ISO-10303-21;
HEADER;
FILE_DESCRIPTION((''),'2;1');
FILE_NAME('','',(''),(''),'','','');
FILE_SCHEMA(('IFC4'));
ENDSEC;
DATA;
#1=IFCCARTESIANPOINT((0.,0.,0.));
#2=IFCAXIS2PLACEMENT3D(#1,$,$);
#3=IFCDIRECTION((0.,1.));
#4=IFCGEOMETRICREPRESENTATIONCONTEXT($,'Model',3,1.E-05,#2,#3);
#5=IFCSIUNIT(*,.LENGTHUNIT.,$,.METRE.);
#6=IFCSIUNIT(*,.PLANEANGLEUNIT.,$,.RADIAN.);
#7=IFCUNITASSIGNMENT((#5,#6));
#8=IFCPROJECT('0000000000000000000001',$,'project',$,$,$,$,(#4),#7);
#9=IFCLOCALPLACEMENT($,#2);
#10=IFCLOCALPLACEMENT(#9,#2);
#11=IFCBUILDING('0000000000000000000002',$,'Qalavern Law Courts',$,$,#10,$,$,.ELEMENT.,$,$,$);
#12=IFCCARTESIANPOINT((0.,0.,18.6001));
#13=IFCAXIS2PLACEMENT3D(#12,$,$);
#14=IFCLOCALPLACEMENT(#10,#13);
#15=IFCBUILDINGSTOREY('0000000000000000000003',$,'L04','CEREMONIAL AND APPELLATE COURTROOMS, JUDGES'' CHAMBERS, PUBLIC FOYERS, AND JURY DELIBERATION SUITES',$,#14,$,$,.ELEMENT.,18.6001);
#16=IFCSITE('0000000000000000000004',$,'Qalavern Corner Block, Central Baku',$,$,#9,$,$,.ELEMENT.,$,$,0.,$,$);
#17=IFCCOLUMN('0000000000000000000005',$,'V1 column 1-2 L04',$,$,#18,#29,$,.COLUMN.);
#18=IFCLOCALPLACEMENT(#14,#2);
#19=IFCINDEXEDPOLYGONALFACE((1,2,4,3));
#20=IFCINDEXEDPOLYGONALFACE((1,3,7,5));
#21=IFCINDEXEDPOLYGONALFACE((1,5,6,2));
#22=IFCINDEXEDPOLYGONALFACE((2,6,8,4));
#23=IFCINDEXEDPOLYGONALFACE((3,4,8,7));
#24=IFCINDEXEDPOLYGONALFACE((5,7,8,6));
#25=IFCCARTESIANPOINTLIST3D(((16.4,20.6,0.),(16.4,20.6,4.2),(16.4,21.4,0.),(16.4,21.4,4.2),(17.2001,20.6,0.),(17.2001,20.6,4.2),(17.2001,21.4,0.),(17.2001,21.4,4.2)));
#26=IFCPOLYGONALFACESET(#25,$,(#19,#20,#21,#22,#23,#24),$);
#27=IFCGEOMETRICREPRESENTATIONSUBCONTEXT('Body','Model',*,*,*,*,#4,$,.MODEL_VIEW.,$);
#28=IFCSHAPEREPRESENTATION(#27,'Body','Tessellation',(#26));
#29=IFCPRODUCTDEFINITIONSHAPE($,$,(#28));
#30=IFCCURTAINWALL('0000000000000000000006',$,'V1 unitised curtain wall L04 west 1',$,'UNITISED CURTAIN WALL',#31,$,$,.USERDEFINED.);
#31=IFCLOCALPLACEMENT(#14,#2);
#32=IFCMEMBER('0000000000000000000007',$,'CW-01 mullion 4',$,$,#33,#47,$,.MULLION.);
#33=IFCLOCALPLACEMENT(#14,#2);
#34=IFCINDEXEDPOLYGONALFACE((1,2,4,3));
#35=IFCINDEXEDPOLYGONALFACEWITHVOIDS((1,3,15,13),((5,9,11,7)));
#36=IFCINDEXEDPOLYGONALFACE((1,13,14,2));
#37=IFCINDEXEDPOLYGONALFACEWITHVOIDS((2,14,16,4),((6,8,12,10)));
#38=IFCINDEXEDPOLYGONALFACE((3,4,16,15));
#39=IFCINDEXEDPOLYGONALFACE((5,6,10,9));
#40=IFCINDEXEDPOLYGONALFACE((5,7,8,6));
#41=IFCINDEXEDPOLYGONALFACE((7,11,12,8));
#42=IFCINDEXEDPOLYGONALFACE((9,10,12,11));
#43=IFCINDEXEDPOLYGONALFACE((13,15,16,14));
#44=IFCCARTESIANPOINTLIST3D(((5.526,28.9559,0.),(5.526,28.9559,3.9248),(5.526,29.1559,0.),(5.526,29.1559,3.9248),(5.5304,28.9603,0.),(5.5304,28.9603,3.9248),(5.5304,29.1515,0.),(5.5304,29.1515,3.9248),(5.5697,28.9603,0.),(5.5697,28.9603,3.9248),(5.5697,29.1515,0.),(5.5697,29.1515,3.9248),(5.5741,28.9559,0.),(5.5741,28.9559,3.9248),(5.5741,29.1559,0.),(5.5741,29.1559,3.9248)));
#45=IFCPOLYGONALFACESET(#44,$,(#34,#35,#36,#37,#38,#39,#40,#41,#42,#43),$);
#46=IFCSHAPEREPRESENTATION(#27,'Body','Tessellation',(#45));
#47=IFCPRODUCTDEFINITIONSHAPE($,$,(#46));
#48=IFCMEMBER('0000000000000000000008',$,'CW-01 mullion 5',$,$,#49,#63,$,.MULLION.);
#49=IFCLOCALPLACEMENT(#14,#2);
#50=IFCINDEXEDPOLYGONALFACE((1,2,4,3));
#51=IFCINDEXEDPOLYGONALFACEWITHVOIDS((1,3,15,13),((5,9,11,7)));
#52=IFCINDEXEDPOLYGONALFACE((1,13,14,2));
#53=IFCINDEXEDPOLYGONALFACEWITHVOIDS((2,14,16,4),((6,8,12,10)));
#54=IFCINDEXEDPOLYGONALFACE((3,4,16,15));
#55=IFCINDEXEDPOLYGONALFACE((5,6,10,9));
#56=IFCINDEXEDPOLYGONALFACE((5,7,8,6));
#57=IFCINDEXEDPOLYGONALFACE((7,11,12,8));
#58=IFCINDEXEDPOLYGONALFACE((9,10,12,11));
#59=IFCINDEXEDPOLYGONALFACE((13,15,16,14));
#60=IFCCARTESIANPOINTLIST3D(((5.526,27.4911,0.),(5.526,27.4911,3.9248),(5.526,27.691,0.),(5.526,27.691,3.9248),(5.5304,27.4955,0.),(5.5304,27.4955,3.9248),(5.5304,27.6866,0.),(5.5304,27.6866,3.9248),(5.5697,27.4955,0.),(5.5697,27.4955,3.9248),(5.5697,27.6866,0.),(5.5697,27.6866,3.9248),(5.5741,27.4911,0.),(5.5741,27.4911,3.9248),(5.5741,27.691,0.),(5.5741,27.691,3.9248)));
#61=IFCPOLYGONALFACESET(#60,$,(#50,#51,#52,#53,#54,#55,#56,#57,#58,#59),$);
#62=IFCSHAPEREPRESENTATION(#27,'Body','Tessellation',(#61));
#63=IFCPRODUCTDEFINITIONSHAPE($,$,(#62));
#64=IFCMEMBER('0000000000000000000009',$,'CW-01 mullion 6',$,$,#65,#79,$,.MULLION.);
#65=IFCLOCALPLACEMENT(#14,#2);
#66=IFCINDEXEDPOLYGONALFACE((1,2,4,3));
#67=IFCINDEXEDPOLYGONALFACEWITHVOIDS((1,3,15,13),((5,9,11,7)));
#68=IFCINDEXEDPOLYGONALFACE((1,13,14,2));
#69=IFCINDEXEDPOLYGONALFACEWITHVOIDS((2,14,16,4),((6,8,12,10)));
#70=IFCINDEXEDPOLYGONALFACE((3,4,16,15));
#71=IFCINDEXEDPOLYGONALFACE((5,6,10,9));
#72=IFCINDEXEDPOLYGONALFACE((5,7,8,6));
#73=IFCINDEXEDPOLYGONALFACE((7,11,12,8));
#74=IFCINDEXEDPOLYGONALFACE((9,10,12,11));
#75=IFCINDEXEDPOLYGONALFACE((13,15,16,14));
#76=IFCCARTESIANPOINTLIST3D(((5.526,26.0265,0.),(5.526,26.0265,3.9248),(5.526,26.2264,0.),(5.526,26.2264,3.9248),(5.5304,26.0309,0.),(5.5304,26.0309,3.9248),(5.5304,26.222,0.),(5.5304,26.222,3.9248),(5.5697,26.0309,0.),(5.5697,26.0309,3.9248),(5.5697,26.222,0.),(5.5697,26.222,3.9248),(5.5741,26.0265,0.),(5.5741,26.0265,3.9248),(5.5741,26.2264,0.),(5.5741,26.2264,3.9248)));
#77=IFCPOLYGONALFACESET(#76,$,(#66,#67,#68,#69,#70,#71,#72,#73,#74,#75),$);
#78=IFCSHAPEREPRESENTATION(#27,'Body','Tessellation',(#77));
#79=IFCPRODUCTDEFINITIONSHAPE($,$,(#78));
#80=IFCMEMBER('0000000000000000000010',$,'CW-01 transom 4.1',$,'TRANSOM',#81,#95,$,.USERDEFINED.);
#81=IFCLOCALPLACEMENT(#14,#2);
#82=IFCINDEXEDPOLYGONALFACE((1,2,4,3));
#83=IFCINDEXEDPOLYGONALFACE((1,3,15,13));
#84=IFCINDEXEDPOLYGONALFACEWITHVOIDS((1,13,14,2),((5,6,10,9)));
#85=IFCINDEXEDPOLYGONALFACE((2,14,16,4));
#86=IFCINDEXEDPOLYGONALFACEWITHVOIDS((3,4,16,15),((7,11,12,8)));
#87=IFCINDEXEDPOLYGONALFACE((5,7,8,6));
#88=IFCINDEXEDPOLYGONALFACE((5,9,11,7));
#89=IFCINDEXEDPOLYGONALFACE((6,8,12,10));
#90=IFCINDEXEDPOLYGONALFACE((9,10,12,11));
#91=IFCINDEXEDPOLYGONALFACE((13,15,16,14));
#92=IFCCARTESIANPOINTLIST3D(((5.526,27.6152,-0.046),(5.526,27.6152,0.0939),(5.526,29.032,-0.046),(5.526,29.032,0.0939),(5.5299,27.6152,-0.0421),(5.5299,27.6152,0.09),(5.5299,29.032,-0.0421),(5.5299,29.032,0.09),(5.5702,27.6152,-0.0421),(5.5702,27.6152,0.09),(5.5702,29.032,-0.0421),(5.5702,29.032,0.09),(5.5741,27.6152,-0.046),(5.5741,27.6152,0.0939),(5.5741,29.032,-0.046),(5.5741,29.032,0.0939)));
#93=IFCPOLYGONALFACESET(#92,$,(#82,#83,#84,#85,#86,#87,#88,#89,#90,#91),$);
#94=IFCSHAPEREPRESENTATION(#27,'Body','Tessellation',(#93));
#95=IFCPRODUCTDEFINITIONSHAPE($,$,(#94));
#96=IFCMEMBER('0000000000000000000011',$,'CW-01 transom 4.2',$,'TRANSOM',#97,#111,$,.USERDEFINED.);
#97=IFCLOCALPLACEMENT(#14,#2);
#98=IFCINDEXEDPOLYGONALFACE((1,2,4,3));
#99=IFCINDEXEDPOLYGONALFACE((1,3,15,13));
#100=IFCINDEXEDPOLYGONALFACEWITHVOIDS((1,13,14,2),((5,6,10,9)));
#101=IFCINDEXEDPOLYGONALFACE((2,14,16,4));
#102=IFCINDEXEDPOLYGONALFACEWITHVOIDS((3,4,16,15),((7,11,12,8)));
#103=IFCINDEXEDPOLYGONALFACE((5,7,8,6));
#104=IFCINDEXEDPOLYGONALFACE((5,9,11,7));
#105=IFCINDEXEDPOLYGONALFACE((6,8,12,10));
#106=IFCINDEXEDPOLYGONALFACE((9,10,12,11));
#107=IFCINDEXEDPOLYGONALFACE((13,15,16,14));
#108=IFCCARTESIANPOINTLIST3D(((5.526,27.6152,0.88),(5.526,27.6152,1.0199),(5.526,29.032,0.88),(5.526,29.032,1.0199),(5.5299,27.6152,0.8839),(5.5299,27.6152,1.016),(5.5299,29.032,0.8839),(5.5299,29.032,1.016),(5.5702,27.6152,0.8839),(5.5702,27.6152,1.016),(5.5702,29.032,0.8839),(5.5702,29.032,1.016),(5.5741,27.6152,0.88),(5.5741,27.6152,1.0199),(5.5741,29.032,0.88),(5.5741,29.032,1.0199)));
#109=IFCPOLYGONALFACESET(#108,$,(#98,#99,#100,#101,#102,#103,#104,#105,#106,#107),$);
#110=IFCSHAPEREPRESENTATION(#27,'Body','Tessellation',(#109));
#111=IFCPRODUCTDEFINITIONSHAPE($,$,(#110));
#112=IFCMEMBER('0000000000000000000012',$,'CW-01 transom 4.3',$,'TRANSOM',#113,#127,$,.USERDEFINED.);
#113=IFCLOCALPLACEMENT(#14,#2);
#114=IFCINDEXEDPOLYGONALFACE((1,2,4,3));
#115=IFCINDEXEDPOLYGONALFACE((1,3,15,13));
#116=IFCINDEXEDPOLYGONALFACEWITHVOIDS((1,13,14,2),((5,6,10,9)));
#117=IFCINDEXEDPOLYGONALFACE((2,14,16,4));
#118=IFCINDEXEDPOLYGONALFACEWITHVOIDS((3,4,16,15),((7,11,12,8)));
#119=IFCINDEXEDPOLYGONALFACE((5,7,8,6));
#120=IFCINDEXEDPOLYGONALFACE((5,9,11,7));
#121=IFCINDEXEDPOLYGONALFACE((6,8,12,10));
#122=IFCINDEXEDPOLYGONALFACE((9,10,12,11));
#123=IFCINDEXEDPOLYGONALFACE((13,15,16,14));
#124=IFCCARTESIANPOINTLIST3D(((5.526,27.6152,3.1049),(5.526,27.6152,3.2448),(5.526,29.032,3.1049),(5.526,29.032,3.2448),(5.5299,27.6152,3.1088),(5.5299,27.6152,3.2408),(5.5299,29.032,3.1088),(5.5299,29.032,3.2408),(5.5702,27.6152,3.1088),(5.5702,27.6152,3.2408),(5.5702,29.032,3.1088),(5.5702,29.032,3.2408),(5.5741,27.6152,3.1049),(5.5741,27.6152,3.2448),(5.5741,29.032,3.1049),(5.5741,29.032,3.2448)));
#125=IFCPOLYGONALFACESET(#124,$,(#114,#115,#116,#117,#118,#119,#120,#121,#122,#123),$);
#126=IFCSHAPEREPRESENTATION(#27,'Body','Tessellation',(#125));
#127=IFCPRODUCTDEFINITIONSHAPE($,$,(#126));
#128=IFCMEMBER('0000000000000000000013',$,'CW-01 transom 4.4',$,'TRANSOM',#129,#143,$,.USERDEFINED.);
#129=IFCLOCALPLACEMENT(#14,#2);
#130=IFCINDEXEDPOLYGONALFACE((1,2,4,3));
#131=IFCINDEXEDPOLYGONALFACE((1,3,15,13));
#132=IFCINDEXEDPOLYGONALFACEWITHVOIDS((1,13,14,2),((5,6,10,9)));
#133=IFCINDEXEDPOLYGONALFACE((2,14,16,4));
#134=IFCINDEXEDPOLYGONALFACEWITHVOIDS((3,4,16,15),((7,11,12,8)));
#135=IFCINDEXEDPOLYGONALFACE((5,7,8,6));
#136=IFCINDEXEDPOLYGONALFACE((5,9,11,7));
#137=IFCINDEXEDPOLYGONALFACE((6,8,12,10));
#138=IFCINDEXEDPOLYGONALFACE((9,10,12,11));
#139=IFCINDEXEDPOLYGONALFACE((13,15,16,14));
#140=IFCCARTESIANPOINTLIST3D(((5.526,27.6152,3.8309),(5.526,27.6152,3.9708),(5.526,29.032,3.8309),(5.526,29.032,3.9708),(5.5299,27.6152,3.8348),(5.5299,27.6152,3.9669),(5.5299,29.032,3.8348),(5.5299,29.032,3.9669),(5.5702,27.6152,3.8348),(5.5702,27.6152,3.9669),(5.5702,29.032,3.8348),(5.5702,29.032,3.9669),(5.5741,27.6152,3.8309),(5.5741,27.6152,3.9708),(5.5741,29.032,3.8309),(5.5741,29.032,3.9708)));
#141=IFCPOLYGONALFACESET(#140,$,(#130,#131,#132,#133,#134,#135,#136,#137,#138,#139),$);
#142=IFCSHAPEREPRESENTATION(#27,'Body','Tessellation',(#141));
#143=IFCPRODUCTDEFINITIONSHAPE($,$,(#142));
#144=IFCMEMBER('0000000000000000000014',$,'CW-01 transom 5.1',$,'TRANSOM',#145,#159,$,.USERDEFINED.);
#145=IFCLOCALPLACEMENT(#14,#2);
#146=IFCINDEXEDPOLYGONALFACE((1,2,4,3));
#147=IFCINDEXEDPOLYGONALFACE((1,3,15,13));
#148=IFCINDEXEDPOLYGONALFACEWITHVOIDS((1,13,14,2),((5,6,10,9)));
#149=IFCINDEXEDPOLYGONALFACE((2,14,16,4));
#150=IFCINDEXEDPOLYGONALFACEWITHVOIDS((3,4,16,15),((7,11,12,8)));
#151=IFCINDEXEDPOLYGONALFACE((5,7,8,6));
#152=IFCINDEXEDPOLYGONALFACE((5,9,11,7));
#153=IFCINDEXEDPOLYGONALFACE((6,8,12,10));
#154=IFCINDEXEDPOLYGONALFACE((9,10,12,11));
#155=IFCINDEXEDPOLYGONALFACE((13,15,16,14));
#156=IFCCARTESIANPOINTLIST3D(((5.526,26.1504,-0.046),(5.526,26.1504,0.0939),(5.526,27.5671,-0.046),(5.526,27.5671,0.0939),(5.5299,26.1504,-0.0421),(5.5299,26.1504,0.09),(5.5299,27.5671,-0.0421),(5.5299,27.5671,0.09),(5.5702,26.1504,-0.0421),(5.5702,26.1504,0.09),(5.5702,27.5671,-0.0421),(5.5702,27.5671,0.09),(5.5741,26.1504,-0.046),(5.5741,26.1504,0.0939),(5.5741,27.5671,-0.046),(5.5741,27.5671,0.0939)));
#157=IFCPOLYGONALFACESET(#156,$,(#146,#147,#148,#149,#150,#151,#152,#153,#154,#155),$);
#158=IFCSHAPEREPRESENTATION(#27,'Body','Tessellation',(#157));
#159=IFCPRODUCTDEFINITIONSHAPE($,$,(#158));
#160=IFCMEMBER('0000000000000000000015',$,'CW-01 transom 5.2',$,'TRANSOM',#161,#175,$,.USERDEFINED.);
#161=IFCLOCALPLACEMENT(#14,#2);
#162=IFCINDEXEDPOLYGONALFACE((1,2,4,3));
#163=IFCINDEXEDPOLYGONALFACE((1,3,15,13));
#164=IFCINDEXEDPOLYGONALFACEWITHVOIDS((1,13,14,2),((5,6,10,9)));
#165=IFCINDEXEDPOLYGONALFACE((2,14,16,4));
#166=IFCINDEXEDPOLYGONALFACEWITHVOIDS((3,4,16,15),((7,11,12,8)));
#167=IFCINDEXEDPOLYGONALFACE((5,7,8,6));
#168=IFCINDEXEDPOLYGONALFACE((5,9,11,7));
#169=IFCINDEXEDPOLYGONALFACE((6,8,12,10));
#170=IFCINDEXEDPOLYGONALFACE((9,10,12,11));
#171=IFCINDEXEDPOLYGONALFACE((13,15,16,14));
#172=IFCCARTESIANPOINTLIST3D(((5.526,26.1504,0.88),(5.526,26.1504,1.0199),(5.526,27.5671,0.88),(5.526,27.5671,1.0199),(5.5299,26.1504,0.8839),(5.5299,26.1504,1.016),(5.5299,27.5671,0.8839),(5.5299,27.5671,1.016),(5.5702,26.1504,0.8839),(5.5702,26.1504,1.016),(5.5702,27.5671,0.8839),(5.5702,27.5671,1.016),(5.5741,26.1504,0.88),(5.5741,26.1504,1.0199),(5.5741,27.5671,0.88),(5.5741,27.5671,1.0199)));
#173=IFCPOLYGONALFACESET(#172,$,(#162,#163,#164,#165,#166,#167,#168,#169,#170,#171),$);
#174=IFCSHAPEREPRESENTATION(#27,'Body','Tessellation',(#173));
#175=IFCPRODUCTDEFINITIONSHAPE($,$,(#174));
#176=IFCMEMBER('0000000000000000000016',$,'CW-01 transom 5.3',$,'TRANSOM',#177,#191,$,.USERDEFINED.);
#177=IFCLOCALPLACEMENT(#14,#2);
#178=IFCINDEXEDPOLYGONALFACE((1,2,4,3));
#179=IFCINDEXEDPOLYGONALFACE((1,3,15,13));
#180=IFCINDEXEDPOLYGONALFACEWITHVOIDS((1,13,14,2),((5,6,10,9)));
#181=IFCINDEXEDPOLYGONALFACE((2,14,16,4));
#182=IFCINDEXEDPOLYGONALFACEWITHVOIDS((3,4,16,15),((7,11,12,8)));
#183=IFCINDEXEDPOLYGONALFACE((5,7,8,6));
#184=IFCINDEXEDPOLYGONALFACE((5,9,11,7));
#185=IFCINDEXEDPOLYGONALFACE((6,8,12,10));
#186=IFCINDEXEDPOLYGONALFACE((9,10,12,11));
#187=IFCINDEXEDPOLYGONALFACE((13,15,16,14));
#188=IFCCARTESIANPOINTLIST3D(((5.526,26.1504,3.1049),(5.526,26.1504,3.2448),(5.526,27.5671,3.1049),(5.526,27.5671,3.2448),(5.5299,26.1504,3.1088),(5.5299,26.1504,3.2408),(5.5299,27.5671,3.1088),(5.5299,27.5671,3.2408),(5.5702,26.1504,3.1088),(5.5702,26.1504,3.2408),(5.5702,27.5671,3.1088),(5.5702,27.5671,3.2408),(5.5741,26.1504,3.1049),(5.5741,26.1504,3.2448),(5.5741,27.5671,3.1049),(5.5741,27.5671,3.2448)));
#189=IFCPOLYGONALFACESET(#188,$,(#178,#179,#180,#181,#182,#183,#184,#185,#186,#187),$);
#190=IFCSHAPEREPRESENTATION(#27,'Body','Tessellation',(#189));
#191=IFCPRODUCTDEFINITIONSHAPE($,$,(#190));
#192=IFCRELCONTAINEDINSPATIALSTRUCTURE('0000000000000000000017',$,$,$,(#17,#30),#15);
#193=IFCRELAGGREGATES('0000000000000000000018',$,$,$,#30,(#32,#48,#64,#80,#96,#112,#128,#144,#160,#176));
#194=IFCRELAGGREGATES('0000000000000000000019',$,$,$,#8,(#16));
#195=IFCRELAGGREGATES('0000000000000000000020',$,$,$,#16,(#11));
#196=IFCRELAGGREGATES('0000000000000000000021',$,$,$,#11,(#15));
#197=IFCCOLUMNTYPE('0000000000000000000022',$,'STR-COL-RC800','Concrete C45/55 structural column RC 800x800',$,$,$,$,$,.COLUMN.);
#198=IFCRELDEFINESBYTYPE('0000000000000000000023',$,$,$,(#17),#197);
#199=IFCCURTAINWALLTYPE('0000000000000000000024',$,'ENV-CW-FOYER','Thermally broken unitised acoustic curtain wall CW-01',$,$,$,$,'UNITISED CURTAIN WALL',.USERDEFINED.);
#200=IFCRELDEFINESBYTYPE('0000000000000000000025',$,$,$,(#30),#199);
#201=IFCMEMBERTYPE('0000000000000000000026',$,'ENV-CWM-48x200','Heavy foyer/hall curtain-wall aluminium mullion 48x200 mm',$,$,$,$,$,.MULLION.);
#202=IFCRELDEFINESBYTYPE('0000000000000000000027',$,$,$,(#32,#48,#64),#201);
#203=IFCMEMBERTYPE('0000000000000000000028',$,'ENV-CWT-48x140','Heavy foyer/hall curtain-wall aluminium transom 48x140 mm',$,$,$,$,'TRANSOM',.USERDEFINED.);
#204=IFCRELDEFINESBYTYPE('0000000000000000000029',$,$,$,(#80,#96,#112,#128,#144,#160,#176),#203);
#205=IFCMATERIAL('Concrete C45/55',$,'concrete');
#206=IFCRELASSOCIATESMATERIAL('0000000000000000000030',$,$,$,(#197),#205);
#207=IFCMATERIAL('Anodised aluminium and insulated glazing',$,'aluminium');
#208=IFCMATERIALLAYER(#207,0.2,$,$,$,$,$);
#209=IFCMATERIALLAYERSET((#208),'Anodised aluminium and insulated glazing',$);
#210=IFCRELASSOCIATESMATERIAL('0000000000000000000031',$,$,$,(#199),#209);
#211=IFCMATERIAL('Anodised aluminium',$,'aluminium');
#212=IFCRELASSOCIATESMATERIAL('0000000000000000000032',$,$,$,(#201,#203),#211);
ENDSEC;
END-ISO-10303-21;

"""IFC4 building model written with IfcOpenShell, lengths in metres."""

from ifc_helpers import new_model, si_unit, direction, frame, origin, origin_2d, place, context, subcontext, project, spatial, rectangle, hollow_rectangle, extrude, material, layer, layer_set, material_profile, profile_set, type_object, element, aggregate, save


model = new_model("IFC4")

# Units and contexts
model_context = context("Model", 3, precision=1e-05, world=origin(), true_north=direction((0.0, 1.0)))
body_context = subcontext(model_context, "Body", "Model", "MODEL_VIEW")
ifc_project = project(units=[si_unit("LENGTHUNIT", "METRE"), si_unit("PLANEANGLEUNIT", "RADIAN")], contexts=[model_context])

# Site, building, storey
site_placement = place(None, origin())
site = spatial("IfcSite", under=ifc_project, at=site_placement, Name="Qalavern Corner Block, Central Baku", CompositionType="ELEMENT", RefElevation=0.0)
building_placement = place(site_placement, origin())
building = spatial("IfcBuilding", under=site, at=building_placement, Name="Qalavern Law Courts", CompositionType="ELEMENT")
storey_placement = place(building_placement, frame((0.0, 0.0, 18.6001)))
storey = spatial("IfcBuildingStorey", under=building, at=storey_placement, Name="L04", Description="CEREMONIAL AND APPELLATE COURTROOMS, JUDGES' CHAMBERS, PUBLIC FOYERS, AND JURY DELIBERATION SUITES", CompositionType="ELEMENT", Elevation=18.6001)

# Column
ifc_material_1 = material(Name="Concrete C45/55", Category="concrete")
ifc_material_profile_1 = material_profile(ifc_material_1, rectangle(XDim=0.8, YDim=0.8, at=origin_2d()), Name="RC 800x800")
ifc_profile_set_1 = profile_set([ifc_material_profile_1], Name="Concrete C45/55")
column_type = type_object("IfcColumnType", Name="STR-COL-RC800", Description="Concrete C45/55 structural column RC 800x800", PredefinedType="COLUMN", material=ifc_profile_set_1)
column_placement = place(storey_placement, frame((16.8, 21.0, 0.0), z_axis=(0.0, 0.0, 1.0), x_axis=(1.0, 0.0, 0.0)))
element("IfcColumn", 1, at=column_placement, inside=storey, type_object=column_type, Name="V1 column 1-2 L04", PredefinedType="COLUMN", context=body_context, shape_type="SweptSolid", body=[
    extrude(rectangle(XDim=0.8, YDim=0.8, at=origin_2d()), origin(), (0.0, 0.0, 1.0), 4.2),
])

# Curtain wall, members
ifc_material_2 = material(Name="Anodised aluminium and insulated glazing", Category="aluminium")
ifc_layer_1 = layer(ifc_material_2, 0.2)
ifc_layer_set_1 = layer_set([ifc_layer_1], Name="Anodised aluminium and insulated glazing")
curtain_wall_type = type_object("IfcCurtainWallType", Name="ENV-CW-FOYER", Description="Thermally broken unitised acoustic curtain wall CW-01", ElementType="UNITISED CURTAIN WALL", PredefinedType="USERDEFINED", material=ifc_layer_set_1)
curtain_wall_placement = place(storey_placement, origin())
curtain_wall = element("IfcCurtainWall", 2, at=curtain_wall_placement, inside=storey, type_object=curtain_wall_type, Name="V1 unitised curtain wall L04 west 1", ObjectType="UNITISED CURTAIN WALL", PredefinedType="USERDEFINED")
ifc_material_3 = material(Name="Anodised aluminium", Category="aluminium")
ifc_material_profile_2 = material_profile(ifc_material_3, hollow_rectangle(XDim=0.0481, YDim=0.2, WallThickness=0.0044, at=origin_2d()), Name="ALU MULLION 48x200")
ifc_profile_set_2 = profile_set([ifc_material_profile_2], Name="Anodised aluminium")
member_type_1 = type_object("IfcMemberType", Name="ENV-CWM-48x200", Description="Heavy foyer/hall curtain-wall aluminium mullion 48x200 mm", PredefinedType="MULLION", material=ifc_profile_set_2)
member_1_placement = place(storey_placement, frame((5.55, 29.0559, 0.0), z_axis=(0.0, 0.0, 1.0), x_axis=(1.0, 0.0, 0.0)))
member_1 = element("IfcMember", 3, at=member_1_placement, type_object=member_type_1, Name="CW-01 mullion 4", PredefinedType="MULLION", context=body_context, shape_type="SweptSolid", body=[
    extrude(hollow_rectangle(XDim=0.0481, YDim=0.2, WallThickness=0.0044, at=origin_2d()), origin(), (0.0, 0.0, 1.0), 3.9248),
])
member_2_placement = place(storey_placement, frame((5.55, 27.5911, 0.0), z_axis=(0.0, 0.0, 1.0), x_axis=(1.0, 0.0, 0.0)))
member_2 = element("IfcMember", 4, at=member_2_placement, type_object=member_type_1, Name="CW-01 mullion 5", PredefinedType="MULLION", context=body_context, shape_type="SweptSolid", body=[
    extrude(hollow_rectangle(XDim=0.0481, YDim=0.2, WallThickness=0.0044, at=origin_2d()), origin(), (0.0, 0.0, 1.0), 3.9248),
])
member_3_placement = place(storey_placement, frame((5.55, 26.1265, 0.0), z_axis=(0.0, 0.0, 1.0), x_axis=(1.0, 0.0, 0.0)))
member_3 = element("IfcMember", 5, at=member_3_placement, type_object=member_type_1, Name="CW-01 mullion 6", PredefinedType="MULLION", context=body_context, shape_type="SweptSolid", body=[
    extrude(hollow_rectangle(XDim=0.0481, YDim=0.2, WallThickness=0.0044, at=origin_2d()), origin(), (0.0, 0.0, 1.0), 3.9248),
])
ifc_material_profile_3 = material_profile(ifc_material_3, hollow_rectangle(XDim=0.0481, YDim=0.1399, WallThickness=0.0039, at=origin_2d()), Name="ALU TRANSOM 48x140")
ifc_profile_set_3 = profile_set([ifc_material_profile_3], Name="Anodised aluminium")
member_type_2 = type_object("IfcMemberType", Name="ENV-CWT-48x140", Description="Heavy foyer/hall curtain-wall aluminium transom 48x140 mm", ElementType="TRANSOM", PredefinedType="USERDEFINED", material=ifc_profile_set_3)
member_4_placement = place(storey_placement, frame((5.55, 29.032, 0.0239), z_axis=(0.0, -1.0, 0.0), x_axis=(1.0, 0.0, 0.0)))
member_4 = element("IfcMember", 6, at=member_4_placement, type_object=member_type_2, Name="CW-01 transom 4.1", ObjectType="TRANSOM", PredefinedType="USERDEFINED", context=body_context, shape_type="SweptSolid", body=[
    extrude(hollow_rectangle(XDim=0.0481, YDim=0.1399, WallThickness=0.0039, at=origin_2d()), origin(), (0.0, 0.0, 1.0), 1.4167),
])
member_5_placement = place(storey_placement, frame((5.55, 29.032, 0.95), z_axis=(0.0, -1.0, 0.0), x_axis=(1.0, 0.0, 0.0)))
member_5 = element("IfcMember", 7, at=member_5_placement, type_object=member_type_2, Name="CW-01 transom 4.2", ObjectType="TRANSOM", PredefinedType="USERDEFINED", context=body_context, shape_type="SweptSolid", body=[
    extrude(hollow_rectangle(XDim=0.0481, YDim=0.1399, WallThickness=0.0039, at=origin_2d()), origin(), (0.0, 0.0, 1.0), 1.4167),
])
member_6_placement = place(storey_placement, frame((5.55, 29.032, 3.1748), z_axis=(0.0, -1.0, 0.0), x_axis=(1.0, 0.0, 0.0)))
member_6 = element("IfcMember", 8, at=member_6_placement, type_object=member_type_2, Name="CW-01 transom 4.3", ObjectType="TRANSOM", PredefinedType="USERDEFINED", context=body_context, shape_type="SweptSolid", body=[
    extrude(hollow_rectangle(XDim=0.0481, YDim=0.1399, WallThickness=0.0039, at=origin_2d()), origin(), (0.0, 0.0, 1.0), 1.4167),
])
member_7_placement = place(storey_placement, frame((5.55, 29.032, 3.9009), z_axis=(0.0, -1.0, 0.0), x_axis=(1.0, 0.0, 0.0)))
member_7 = element("IfcMember", 9, at=member_7_placement, type_object=member_type_2, Name="CW-01 transom 4.4", ObjectType="TRANSOM", PredefinedType="USERDEFINED", context=body_context, shape_type="SweptSolid", body=[
    extrude(hollow_rectangle(XDim=0.0481, YDim=0.1399, WallThickness=0.0039, at=origin_2d()), origin(), (0.0, 0.0, 1.0), 1.4167),
])
member_8_placement = place(storey_placement, frame((5.55, 27.5671, 0.0239), z_axis=(0.0, -1.0, 0.0), x_axis=(1.0, 0.0, 0.0)))
member_8 = element("IfcMember", 10, at=member_8_placement, type_object=member_type_2, Name="CW-01 transom 5.1", ObjectType="TRANSOM", PredefinedType="USERDEFINED", context=body_context, shape_type="SweptSolid", body=[
    extrude(hollow_rectangle(XDim=0.0481, YDim=0.1399, WallThickness=0.0039, at=origin_2d()), origin(), (0.0, 0.0, 1.0), 1.4167),
])
member_9_placement = place(storey_placement, frame((5.55, 27.5671, 0.95), z_axis=(0.0, -1.0, 0.0), x_axis=(1.0, 0.0, 0.0)))
member_9 = element("IfcMember", 11, at=member_9_placement, type_object=member_type_2, Name="CW-01 transom 5.2", ObjectType="TRANSOM", PredefinedType="USERDEFINED", context=body_context, shape_type="SweptSolid", body=[
    extrude(hollow_rectangle(XDim=0.0481, YDim=0.1399, WallThickness=0.0039, at=origin_2d()), origin(), (0.0, 0.0, 1.0), 1.4167),
])
member_10_placement = place(storey_placement, frame((5.55, 27.5671, 3.1748), z_axis=(0.0, -1.0, 0.0), x_axis=(1.0, 0.0, 0.0)))
member_10 = element("IfcMember", 12, at=member_10_placement, type_object=member_type_2, Name="CW-01 transom 5.3", ObjectType="TRANSOM", PredefinedType="USERDEFINED", context=body_context, shape_type="SweptSolid", body=[
    extrude(hollow_rectangle(XDim=0.0481, YDim=0.1399, WallThickness=0.0039, at=origin_2d()), origin(), (0.0, 0.0, 1.0), 1.4167),
])

aggregate(curtain_wall, [member_1, member_2, member_3, member_4, member_5, member_6, member_7, member_8, member_9, member_10])

save(model, "model.ifc")
